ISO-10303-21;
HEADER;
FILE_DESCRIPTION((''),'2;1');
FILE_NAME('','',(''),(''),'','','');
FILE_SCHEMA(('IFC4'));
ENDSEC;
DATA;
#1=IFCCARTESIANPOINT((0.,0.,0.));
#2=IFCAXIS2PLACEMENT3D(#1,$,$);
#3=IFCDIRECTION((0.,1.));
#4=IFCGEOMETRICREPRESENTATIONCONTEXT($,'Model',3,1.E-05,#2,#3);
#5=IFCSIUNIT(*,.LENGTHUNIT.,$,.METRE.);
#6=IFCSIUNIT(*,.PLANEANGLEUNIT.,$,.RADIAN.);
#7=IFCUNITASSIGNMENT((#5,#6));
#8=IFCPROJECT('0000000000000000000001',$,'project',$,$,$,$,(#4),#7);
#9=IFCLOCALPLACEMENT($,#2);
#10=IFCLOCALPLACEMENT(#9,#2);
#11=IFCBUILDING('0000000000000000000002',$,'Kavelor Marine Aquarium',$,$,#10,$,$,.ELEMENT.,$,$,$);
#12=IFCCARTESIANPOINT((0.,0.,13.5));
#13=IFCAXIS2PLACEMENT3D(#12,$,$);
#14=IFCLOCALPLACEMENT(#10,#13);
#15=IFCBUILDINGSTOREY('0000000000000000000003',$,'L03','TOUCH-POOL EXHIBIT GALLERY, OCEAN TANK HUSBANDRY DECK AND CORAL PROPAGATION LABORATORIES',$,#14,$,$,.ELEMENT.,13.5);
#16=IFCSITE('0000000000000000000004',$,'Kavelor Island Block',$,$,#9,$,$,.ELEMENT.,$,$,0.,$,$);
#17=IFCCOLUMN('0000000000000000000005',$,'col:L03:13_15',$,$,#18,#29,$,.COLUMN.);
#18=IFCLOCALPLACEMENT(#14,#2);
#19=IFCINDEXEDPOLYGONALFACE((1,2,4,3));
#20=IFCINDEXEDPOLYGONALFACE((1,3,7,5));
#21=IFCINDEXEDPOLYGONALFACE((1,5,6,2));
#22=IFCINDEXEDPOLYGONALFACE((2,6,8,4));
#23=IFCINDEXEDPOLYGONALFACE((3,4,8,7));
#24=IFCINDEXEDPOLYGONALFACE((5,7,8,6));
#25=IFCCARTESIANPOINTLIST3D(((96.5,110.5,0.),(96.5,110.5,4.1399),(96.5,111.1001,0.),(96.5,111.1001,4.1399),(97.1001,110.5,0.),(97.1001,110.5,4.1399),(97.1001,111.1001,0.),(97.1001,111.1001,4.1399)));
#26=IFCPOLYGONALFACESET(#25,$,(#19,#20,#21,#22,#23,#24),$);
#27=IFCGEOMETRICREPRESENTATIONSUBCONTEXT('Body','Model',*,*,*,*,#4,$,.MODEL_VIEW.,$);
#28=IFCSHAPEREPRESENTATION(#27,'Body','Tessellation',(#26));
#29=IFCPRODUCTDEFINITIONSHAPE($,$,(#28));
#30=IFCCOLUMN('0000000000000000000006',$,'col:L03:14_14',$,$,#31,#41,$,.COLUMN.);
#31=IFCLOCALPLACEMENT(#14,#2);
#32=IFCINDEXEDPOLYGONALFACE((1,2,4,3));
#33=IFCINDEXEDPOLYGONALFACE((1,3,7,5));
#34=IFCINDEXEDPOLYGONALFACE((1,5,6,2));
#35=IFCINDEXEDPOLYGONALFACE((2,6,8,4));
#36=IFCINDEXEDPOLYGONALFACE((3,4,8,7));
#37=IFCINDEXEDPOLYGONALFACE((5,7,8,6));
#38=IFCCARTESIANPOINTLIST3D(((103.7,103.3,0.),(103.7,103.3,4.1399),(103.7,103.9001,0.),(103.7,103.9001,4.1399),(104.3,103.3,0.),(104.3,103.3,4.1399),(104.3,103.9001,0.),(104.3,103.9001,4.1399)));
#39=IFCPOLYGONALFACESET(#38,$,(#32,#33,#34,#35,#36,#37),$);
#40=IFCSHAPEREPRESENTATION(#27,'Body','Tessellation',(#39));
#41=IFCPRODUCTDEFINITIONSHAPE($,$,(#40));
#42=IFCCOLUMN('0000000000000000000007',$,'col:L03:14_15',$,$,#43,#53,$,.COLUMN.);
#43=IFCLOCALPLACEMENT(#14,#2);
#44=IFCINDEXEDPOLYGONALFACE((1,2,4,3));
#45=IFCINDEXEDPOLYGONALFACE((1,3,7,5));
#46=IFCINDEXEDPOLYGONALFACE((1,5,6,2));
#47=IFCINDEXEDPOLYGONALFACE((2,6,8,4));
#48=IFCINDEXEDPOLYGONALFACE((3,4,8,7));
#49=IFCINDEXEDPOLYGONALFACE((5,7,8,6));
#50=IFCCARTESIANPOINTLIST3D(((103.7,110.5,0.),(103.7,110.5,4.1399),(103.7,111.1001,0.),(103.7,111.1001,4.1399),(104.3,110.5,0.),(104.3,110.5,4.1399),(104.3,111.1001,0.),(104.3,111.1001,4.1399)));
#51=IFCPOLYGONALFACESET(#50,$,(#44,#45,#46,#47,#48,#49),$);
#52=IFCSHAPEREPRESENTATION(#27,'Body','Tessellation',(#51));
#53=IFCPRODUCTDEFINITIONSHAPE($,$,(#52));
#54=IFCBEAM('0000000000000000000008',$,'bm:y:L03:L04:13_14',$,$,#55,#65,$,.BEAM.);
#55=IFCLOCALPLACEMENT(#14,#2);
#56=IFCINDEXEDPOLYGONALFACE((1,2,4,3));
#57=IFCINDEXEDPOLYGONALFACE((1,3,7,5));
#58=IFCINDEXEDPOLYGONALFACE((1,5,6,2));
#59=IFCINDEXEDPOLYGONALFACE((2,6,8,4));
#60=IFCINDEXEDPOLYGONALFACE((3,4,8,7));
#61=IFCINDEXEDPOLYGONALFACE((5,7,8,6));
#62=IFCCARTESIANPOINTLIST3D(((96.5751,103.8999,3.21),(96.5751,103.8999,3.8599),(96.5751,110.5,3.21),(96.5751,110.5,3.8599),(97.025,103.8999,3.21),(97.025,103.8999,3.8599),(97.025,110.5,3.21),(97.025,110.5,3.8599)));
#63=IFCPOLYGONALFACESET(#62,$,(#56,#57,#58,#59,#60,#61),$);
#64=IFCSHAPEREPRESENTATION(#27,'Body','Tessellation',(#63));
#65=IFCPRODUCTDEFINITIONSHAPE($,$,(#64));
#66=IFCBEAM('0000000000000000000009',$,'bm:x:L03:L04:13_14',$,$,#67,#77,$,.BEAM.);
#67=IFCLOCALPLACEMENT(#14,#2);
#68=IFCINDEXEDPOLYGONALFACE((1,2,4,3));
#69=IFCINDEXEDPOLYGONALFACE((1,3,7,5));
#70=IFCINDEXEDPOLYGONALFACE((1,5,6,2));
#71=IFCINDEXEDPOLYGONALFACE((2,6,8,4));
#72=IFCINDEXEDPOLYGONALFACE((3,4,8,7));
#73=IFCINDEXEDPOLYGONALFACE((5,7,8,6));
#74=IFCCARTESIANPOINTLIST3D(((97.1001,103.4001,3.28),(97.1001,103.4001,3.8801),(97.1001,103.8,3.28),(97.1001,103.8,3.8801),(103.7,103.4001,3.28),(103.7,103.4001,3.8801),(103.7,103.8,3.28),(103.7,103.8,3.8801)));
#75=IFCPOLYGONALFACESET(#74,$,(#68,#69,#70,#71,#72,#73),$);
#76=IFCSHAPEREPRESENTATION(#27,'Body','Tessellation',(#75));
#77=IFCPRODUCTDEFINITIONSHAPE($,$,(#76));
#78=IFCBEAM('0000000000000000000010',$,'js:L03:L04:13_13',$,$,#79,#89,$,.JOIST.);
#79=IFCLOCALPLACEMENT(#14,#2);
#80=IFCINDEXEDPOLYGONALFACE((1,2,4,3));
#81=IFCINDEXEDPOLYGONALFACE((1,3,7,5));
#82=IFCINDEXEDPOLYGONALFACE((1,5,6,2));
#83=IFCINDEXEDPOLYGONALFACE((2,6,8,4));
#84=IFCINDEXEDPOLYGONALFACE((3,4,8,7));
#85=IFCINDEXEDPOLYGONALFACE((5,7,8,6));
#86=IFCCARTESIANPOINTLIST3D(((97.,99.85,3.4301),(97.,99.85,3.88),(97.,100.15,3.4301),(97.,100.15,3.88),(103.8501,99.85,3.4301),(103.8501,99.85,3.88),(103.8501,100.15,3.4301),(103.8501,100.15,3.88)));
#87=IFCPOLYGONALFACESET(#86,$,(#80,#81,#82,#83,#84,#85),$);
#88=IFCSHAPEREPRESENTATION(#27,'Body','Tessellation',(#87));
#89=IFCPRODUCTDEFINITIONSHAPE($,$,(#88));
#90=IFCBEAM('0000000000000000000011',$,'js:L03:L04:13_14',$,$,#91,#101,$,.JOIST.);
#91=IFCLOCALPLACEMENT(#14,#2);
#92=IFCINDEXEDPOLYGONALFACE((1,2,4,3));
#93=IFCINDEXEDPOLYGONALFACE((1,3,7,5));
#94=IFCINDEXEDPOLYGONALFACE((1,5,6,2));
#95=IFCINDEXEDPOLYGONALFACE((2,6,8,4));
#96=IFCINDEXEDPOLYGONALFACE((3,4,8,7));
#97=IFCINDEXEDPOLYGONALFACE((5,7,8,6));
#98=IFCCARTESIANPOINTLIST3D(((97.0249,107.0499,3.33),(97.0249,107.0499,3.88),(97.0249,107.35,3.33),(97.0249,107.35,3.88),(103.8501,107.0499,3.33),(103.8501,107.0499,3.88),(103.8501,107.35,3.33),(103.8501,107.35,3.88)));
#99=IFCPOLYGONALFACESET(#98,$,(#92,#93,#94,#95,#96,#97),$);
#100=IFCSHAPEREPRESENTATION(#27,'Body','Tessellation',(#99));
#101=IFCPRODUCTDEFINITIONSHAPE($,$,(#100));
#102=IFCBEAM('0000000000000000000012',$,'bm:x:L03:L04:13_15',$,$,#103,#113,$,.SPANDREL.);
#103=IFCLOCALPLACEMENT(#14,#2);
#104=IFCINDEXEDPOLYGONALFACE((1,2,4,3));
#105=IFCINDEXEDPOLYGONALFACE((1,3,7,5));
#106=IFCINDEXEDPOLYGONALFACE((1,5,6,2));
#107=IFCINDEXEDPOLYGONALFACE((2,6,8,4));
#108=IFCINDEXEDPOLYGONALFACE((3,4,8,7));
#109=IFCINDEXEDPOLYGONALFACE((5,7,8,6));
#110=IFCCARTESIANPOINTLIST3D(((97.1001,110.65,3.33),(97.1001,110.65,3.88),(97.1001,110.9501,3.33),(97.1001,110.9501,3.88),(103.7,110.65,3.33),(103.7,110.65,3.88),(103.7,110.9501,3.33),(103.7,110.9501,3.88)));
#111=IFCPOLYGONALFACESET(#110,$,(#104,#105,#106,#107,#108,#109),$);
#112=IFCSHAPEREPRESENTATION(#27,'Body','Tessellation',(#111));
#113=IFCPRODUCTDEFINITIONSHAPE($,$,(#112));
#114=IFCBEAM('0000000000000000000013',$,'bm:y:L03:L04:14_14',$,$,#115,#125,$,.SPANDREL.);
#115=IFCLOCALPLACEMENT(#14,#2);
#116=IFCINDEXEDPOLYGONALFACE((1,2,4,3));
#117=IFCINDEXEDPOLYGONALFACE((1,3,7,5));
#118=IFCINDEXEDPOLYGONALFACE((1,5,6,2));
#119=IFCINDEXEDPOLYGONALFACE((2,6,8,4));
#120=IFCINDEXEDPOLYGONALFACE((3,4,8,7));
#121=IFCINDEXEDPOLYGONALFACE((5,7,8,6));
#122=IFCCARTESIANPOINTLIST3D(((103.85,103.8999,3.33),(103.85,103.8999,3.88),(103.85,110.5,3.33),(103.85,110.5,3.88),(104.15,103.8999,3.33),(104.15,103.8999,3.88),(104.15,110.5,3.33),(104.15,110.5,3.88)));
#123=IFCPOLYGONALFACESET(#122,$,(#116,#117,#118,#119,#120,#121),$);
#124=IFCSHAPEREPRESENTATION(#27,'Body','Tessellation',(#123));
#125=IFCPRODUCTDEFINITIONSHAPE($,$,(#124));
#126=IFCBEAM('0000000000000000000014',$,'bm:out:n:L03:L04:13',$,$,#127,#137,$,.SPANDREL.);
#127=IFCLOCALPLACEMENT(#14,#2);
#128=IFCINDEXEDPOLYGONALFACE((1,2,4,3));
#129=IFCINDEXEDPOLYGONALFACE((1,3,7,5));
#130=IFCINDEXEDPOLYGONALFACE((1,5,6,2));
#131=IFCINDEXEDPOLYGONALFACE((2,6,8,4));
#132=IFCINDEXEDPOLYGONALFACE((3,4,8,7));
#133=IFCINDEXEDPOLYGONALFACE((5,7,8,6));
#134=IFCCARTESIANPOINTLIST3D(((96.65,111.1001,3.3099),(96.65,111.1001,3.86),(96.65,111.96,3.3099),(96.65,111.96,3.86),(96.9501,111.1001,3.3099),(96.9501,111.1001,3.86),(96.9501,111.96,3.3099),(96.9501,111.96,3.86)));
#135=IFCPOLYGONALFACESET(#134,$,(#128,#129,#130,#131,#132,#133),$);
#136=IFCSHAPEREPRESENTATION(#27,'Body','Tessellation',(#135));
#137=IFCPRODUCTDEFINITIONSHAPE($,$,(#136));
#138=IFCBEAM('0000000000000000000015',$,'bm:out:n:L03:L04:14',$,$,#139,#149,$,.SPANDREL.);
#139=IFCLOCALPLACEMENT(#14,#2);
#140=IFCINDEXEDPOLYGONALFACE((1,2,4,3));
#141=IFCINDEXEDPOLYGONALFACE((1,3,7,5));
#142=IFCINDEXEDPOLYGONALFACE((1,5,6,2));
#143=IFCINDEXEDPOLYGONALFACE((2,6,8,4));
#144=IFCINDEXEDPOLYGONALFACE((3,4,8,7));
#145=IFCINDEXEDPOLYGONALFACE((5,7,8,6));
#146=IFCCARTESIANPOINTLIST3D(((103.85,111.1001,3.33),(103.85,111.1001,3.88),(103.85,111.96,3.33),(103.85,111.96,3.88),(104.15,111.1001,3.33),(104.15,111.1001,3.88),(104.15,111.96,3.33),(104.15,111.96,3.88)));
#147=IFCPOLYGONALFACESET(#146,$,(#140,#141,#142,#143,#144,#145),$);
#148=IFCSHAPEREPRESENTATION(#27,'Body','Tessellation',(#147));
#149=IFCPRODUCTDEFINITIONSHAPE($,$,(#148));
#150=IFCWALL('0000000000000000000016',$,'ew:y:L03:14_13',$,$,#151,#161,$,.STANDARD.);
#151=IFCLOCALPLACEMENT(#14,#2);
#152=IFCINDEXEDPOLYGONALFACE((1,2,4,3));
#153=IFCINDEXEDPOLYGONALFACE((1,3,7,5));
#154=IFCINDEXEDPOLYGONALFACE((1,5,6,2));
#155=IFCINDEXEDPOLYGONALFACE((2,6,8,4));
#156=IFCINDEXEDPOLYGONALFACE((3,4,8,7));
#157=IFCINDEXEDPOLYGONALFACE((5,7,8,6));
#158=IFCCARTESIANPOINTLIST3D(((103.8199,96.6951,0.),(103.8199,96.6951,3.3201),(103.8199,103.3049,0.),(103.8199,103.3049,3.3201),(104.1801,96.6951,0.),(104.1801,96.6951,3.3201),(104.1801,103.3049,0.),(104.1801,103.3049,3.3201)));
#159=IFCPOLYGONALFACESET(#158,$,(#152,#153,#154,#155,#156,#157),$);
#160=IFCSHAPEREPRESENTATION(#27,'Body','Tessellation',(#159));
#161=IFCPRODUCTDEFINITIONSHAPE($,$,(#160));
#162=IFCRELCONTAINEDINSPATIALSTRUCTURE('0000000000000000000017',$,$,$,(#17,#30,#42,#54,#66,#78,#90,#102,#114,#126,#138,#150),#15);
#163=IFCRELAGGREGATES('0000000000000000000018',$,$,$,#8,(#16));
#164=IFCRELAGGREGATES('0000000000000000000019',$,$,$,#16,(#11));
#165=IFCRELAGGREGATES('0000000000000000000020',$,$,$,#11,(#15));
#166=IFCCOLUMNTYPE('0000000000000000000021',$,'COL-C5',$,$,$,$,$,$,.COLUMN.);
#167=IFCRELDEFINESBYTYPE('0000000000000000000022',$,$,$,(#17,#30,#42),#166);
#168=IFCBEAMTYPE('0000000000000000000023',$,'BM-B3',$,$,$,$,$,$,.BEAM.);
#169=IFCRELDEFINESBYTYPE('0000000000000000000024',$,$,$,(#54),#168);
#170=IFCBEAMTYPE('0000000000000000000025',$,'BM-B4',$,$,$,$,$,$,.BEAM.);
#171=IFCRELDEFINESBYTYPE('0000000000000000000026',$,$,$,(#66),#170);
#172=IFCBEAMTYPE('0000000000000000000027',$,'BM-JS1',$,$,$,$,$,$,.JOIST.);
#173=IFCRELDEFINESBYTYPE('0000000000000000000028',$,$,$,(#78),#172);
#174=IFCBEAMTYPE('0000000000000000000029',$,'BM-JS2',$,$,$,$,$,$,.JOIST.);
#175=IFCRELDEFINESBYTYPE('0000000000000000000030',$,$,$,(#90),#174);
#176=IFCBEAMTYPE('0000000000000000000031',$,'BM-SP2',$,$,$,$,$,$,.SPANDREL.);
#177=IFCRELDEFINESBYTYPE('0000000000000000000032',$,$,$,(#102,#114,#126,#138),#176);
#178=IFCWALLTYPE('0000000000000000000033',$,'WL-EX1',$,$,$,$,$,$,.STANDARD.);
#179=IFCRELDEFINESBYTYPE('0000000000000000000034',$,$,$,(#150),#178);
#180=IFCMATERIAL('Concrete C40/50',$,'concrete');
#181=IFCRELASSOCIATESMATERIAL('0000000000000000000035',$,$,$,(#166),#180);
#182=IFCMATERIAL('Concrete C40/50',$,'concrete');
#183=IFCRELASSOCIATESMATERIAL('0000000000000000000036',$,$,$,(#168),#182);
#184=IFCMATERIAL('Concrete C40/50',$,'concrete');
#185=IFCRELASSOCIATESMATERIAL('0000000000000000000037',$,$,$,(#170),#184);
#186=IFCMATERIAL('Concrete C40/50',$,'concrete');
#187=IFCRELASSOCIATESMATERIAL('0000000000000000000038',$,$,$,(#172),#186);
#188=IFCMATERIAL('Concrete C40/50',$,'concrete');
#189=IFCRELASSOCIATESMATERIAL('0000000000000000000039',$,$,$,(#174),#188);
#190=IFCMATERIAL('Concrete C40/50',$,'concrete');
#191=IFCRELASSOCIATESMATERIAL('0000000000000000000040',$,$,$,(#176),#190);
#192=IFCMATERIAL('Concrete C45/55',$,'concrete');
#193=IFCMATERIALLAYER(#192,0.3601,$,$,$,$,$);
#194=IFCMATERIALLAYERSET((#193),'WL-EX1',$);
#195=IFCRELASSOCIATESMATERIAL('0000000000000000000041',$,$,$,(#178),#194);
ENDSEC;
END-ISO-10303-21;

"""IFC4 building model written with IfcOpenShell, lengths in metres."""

from ifc_helpers import new_model, si_unit, direction, frame, frame_2d, origin, origin_2d, place, context, subcontext, project, spatial, rectangle, extrude, material, layer, layer_set, material_profile, profile_set, type_object, element, save


model = new_model("IFC4")

# Units and contexts
model_context = context("Model", 3, precision=1e-05, world=origin(), true_north=direction((0.0, 1.0)))
body_context = subcontext(model_context, "Body", "Model", "MODEL_VIEW")
ifc_project = project(units=[si_unit("LENGTHUNIT", "METRE"), si_unit("PLANEANGLEUNIT", "RADIAN")], contexts=[model_context])

# Site, building, storey
site_placement = place(None, origin())
site = spatial("IfcSite", under=ifc_project, at=site_placement, Name="Kavelor Island Block", CompositionType="ELEMENT", RefElevation=0.0)
building_placement = place(site_placement, origin())
building = spatial("IfcBuilding", under=site, at=building_placement, Name="Kavelor Marine Aquarium", CompositionType="ELEMENT")
storey_placement = place(building_placement, frame((0.0, 0.0, 13.5)))
storey = spatial("IfcBuildingStorey", under=building, at=storey_placement, Name="L03", Description="TOUCH-POOL EXHIBIT GALLERY, OCEAN TANK HUSBANDRY DECK AND CORAL PROPAGATION LABORATORIES", CompositionType="ELEMENT", Elevation=13.5)

# Columns
ifc_material_1 = material(Name="Concrete C40/50", Category="concrete")
ifc_material_profile_1 = material_profile(ifc_material_1, rectangle(XDim=0.6001, YDim=0.6001, at=origin_2d()), Name="RC-COL 600x600")
ifc_profile_set_1 = profile_set([ifc_material_profile_1], Name="Concrete C40/50")
column_type = type_object("IfcColumnType", Name="COL-C5", PredefinedType="COLUMN", material=ifc_profile_set_1)
for number, where, z_axis, x_axis, name in (
    (1, (96.8, 110.8, 0.0), (0.0, 0.0, 1.0), (1.0, 0.0, 0.0), "col:L03:13_15"),
    (2, (104.0, 103.6001, 0.0), (0.0, 0.0, 1.0), (1.0, 0.0, 0.0), "col:L03:14_14"),
    (3, (104.0, 110.8, 0.0), (0.0, 0.0, 1.0), (1.0, 0.0, 0.0), "col:L03:14_15"),
):
    element("IfcColumn", number, at=place(storey_placement, frame(where, z_axis=z_axis, x_axis=x_axis)), inside=storey, type_object=column_type, Name=name, PredefinedType="COLUMN", context=body_context, shape_type="SweptSolid", body=[
        extrude(rectangle(XDim=0.6001, YDim=0.6001, at=origin_2d()), origin(), (0.0, 0.0, 1.0), 4.1399),
    ])

# Beams
ifc_material_2 = material(Name="Concrete C40/50", Category="concrete")
ifc_material_profile_2 = material_profile(ifc_material_2, rectangle(XDim=0.45, YDim=0.6499, at=origin_2d()), Name="RC-BM 450x650")
ifc_profile_set_2 = profile_set([ifc_material_profile_2], Name="Concrete C40/50")
beam_type_1 = type_object("IfcBeamType", Name="BM-B3", PredefinedType="BEAM", material=ifc_profile_set_2)
beam_1_placement = place(storey_placement, frame((96.8, 103.8999, 3.5349), z_axis=(0.0, 1.0, 0.0), x_axis=(-1.0, 0.0, 0.0)))
element("IfcBeam", 4, at=beam_1_placement, inside=storey, type_object=beam_type_1, Name="bm:y:L03:L04:13_14", PredefinedType="BEAM", context=body_context, shape_type="SweptSolid", body=[
    extrude(rectangle(XDim=0.45, YDim=0.6499, at=origin_2d()), origin(), (0.0, 0.0, 1.0), 6.6001),
])
ifc_material_3 = material(Name="Concrete C40/50", Category="concrete")
ifc_material_profile_3 = material_profile(ifc_material_3, rectangle(XDim=0.3999, YDim=0.6001, at=origin_2d()), Name="RC-BM 400x600")
ifc_profile_set_3 = profile_set([ifc_material_profile_3], Name="Concrete C40/50")
beam_type_2 = type_object("IfcBeamType", Name="BM-B4", PredefinedType="BEAM", material=ifc_profile_set_3)
beam_2_placement = place(storey_placement, frame((97.1001, 103.6001, 3.5801), z_axis=(1.0, 0.0, 0.0), x_axis=(0.0, 1.0, 0.0)))
element("IfcBeam", 5, at=beam_2_placement, inside=storey, type_object=beam_type_2, Name="bm:x:L03:L04:13_14", PredefinedType="BEAM", context=body_context, shape_type="SweptSolid", body=[
    extrude(rectangle(XDim=0.3999, YDim=0.6001, at=origin_2d()), origin(), (0.0, 0.0, 1.0), 6.5999),
])
ifc_material_4 = material(Name="Concrete C40/50", Category="concrete")
ifc_material_profile_4 = material_profile(ifc_material_4, rectangle(XDim=0.3, YDim=0.45, at=origin_2d()), Name="RC-JS 300x450")
ifc_profile_set_4 = profile_set([ifc_material_profile_4], Name="Concrete C40/50")
beam_type_3 = type_object("IfcBeamType", Name="BM-JS1", PredefinedType="JOIST", material=ifc_profile_set_4)
beam_3_placement = place(storey_placement, frame((97.0, 100.0, 3.655), z_axis=(1.0, 0.0, 0.0), x_axis=(0.0, 1.0, 0.0)))
element("IfcBeam", 6, at=beam_3_placement, inside=storey, type_object=beam_type_3, Name="js:L03:L04:13_13", PredefinedType="JOIST", context=body_context, shape_type="SweptSolid", body=[
    extrude(rectangle(XDim=0.3, YDim=0.45, at=origin_2d()), origin(), (0.0, 0.0, 1.0), 6.8501),
])
ifc_material_5 = material(Name="Concrete C40/50", Category="concrete")
ifc_material_profile_5 = material_profile(ifc_material_5, rectangle(XDim=0.3, YDim=0.55, at=origin_2d()), Name="RC-JS 300x550")
ifc_profile_set_5 = profile_set([ifc_material_profile_5], Name="Concrete C40/50")
beam_type_4 = type_object("IfcBeamType", Name="BM-JS2", PredefinedType="JOIST", material=ifc_profile_set_5)
beam_4_placement = place(storey_placement, frame((97.0249, 107.2, 3.605), z_axis=(1.0, 0.0, 0.0), x_axis=(0.0, 1.0, 0.0)))
element("IfcBeam", 7, at=beam_4_placement, inside=storey, type_object=beam_type_4, Name="js:L03:L04:13_14", PredefinedType="JOIST", context=body_context, shape_type="SweptSolid", body=[
    extrude(rectangle(XDim=0.3, YDim=0.55, at=origin_2d()), origin(), (0.0, 0.0, 1.0), 6.8252),
])
ifc_material_6 = material(Name="Concrete C40/50", Category="concrete")
ifc_material_profile_6 = material_profile(ifc_material_6, rectangle(XDim=0.3, YDim=0.55, at=origin_2d()), Name="RC-SP 300x550")
ifc_profile_set_6 = profile_set([ifc_material_profile_6], Name="Concrete C40/50")
beam_type_5 = type_object("IfcBeamType", Name="BM-SP2", PredefinedType="SPANDREL", material=ifc_profile_set_6)
beam_5_placement = place(storey_placement, frame((97.1001, 110.8, 3.605), z_axis=(1.0, 0.0, 0.0), x_axis=(0.0, 1.0, 0.0)))
element("IfcBeam", 8, at=beam_5_placement, inside=storey, type_object=beam_type_5, Name="bm:x:L03:L04:13_15", PredefinedType="SPANDREL", context=body_context, shape_type="SweptSolid", body=[
    extrude(rectangle(XDim=0.3, YDim=0.55, at=origin_2d()), origin(), (0.0, 0.0, 1.0), 6.5999),
])
beam_6_placement = place(storey_placement, frame((104.0, 103.8999, 3.605), z_axis=(0.0, 1.0, 0.0), x_axis=(-1.0, 0.0, 0.0)))
element("IfcBeam", 9, at=beam_6_placement, inside=storey, type_object=beam_type_5, Name="bm:y:L03:L04:14_14", PredefinedType="SPANDREL", context=body_context, shape_type="SweptSolid", body=[
    extrude(rectangle(XDim=0.3, YDim=0.55, at=origin_2d()), origin(), (0.0, 0.0, 1.0), 6.6001),
])
for number, where, z_axis, x_axis, name in (
    (10, (96.8, 111.1001, 3.585), (0.0, 1.0, 0.0), (-1.0, 0.0, 0.0), "bm:out:n:L03:L04:13"),
    (11, (104.0, 111.1001, 3.605), (0.0, 1.0, 0.0), (-1.0, 0.0, 0.0), "bm:out:n:L03:L04:14"),
):
    element("IfcBeam", number, at=place(storey_placement, frame(where, z_axis=z_axis, x_axis=x_axis)), inside=storey, type_object=beam_type_5, Name=name, PredefinedType="SPANDREL", context=body_context, shape_type="SweptSolid", body=[
        extrude(rectangle(XDim=0.3, YDim=0.55, at=origin_2d()), origin(), (0.0, 0.0, 1.0), 0.8599),
    ])

# Wall
ifc_material_7 = material(Name="Concrete C45/55", Category="concrete")
ifc_layer_1 = layer(ifc_material_7, 0.3601)
ifc_layer_set_1 = layer_set([ifc_layer_1], Name="WL-EX1")
wall_type_1 = type_object("IfcWallType", Name="WL-EX1", PredefinedType="STANDARD", material=ifc_layer_set_1)
wall_1_placement = place(storey_placement, frame((104.0, 103.3049, 0.0), z_axis=(0.0, 0.0, 1.0), x_axis=(0.0, -1.0, 0.0)))
element("IfcWall", 12, at=wall_1_placement, inside=storey, type_object=wall_type_1, Name="ew:y:L03:14_13", PredefinedType="STANDARD", context=body_context, shape_type="SweptSolid", body=[
    extrude(rectangle(XDim=6.6099, YDim=0.3601, at=frame_2d((3.3049, 0.0))), origin(), (0.0, 0.0, 1.0), 3.3201),
])

save(model, "model.ifc")
